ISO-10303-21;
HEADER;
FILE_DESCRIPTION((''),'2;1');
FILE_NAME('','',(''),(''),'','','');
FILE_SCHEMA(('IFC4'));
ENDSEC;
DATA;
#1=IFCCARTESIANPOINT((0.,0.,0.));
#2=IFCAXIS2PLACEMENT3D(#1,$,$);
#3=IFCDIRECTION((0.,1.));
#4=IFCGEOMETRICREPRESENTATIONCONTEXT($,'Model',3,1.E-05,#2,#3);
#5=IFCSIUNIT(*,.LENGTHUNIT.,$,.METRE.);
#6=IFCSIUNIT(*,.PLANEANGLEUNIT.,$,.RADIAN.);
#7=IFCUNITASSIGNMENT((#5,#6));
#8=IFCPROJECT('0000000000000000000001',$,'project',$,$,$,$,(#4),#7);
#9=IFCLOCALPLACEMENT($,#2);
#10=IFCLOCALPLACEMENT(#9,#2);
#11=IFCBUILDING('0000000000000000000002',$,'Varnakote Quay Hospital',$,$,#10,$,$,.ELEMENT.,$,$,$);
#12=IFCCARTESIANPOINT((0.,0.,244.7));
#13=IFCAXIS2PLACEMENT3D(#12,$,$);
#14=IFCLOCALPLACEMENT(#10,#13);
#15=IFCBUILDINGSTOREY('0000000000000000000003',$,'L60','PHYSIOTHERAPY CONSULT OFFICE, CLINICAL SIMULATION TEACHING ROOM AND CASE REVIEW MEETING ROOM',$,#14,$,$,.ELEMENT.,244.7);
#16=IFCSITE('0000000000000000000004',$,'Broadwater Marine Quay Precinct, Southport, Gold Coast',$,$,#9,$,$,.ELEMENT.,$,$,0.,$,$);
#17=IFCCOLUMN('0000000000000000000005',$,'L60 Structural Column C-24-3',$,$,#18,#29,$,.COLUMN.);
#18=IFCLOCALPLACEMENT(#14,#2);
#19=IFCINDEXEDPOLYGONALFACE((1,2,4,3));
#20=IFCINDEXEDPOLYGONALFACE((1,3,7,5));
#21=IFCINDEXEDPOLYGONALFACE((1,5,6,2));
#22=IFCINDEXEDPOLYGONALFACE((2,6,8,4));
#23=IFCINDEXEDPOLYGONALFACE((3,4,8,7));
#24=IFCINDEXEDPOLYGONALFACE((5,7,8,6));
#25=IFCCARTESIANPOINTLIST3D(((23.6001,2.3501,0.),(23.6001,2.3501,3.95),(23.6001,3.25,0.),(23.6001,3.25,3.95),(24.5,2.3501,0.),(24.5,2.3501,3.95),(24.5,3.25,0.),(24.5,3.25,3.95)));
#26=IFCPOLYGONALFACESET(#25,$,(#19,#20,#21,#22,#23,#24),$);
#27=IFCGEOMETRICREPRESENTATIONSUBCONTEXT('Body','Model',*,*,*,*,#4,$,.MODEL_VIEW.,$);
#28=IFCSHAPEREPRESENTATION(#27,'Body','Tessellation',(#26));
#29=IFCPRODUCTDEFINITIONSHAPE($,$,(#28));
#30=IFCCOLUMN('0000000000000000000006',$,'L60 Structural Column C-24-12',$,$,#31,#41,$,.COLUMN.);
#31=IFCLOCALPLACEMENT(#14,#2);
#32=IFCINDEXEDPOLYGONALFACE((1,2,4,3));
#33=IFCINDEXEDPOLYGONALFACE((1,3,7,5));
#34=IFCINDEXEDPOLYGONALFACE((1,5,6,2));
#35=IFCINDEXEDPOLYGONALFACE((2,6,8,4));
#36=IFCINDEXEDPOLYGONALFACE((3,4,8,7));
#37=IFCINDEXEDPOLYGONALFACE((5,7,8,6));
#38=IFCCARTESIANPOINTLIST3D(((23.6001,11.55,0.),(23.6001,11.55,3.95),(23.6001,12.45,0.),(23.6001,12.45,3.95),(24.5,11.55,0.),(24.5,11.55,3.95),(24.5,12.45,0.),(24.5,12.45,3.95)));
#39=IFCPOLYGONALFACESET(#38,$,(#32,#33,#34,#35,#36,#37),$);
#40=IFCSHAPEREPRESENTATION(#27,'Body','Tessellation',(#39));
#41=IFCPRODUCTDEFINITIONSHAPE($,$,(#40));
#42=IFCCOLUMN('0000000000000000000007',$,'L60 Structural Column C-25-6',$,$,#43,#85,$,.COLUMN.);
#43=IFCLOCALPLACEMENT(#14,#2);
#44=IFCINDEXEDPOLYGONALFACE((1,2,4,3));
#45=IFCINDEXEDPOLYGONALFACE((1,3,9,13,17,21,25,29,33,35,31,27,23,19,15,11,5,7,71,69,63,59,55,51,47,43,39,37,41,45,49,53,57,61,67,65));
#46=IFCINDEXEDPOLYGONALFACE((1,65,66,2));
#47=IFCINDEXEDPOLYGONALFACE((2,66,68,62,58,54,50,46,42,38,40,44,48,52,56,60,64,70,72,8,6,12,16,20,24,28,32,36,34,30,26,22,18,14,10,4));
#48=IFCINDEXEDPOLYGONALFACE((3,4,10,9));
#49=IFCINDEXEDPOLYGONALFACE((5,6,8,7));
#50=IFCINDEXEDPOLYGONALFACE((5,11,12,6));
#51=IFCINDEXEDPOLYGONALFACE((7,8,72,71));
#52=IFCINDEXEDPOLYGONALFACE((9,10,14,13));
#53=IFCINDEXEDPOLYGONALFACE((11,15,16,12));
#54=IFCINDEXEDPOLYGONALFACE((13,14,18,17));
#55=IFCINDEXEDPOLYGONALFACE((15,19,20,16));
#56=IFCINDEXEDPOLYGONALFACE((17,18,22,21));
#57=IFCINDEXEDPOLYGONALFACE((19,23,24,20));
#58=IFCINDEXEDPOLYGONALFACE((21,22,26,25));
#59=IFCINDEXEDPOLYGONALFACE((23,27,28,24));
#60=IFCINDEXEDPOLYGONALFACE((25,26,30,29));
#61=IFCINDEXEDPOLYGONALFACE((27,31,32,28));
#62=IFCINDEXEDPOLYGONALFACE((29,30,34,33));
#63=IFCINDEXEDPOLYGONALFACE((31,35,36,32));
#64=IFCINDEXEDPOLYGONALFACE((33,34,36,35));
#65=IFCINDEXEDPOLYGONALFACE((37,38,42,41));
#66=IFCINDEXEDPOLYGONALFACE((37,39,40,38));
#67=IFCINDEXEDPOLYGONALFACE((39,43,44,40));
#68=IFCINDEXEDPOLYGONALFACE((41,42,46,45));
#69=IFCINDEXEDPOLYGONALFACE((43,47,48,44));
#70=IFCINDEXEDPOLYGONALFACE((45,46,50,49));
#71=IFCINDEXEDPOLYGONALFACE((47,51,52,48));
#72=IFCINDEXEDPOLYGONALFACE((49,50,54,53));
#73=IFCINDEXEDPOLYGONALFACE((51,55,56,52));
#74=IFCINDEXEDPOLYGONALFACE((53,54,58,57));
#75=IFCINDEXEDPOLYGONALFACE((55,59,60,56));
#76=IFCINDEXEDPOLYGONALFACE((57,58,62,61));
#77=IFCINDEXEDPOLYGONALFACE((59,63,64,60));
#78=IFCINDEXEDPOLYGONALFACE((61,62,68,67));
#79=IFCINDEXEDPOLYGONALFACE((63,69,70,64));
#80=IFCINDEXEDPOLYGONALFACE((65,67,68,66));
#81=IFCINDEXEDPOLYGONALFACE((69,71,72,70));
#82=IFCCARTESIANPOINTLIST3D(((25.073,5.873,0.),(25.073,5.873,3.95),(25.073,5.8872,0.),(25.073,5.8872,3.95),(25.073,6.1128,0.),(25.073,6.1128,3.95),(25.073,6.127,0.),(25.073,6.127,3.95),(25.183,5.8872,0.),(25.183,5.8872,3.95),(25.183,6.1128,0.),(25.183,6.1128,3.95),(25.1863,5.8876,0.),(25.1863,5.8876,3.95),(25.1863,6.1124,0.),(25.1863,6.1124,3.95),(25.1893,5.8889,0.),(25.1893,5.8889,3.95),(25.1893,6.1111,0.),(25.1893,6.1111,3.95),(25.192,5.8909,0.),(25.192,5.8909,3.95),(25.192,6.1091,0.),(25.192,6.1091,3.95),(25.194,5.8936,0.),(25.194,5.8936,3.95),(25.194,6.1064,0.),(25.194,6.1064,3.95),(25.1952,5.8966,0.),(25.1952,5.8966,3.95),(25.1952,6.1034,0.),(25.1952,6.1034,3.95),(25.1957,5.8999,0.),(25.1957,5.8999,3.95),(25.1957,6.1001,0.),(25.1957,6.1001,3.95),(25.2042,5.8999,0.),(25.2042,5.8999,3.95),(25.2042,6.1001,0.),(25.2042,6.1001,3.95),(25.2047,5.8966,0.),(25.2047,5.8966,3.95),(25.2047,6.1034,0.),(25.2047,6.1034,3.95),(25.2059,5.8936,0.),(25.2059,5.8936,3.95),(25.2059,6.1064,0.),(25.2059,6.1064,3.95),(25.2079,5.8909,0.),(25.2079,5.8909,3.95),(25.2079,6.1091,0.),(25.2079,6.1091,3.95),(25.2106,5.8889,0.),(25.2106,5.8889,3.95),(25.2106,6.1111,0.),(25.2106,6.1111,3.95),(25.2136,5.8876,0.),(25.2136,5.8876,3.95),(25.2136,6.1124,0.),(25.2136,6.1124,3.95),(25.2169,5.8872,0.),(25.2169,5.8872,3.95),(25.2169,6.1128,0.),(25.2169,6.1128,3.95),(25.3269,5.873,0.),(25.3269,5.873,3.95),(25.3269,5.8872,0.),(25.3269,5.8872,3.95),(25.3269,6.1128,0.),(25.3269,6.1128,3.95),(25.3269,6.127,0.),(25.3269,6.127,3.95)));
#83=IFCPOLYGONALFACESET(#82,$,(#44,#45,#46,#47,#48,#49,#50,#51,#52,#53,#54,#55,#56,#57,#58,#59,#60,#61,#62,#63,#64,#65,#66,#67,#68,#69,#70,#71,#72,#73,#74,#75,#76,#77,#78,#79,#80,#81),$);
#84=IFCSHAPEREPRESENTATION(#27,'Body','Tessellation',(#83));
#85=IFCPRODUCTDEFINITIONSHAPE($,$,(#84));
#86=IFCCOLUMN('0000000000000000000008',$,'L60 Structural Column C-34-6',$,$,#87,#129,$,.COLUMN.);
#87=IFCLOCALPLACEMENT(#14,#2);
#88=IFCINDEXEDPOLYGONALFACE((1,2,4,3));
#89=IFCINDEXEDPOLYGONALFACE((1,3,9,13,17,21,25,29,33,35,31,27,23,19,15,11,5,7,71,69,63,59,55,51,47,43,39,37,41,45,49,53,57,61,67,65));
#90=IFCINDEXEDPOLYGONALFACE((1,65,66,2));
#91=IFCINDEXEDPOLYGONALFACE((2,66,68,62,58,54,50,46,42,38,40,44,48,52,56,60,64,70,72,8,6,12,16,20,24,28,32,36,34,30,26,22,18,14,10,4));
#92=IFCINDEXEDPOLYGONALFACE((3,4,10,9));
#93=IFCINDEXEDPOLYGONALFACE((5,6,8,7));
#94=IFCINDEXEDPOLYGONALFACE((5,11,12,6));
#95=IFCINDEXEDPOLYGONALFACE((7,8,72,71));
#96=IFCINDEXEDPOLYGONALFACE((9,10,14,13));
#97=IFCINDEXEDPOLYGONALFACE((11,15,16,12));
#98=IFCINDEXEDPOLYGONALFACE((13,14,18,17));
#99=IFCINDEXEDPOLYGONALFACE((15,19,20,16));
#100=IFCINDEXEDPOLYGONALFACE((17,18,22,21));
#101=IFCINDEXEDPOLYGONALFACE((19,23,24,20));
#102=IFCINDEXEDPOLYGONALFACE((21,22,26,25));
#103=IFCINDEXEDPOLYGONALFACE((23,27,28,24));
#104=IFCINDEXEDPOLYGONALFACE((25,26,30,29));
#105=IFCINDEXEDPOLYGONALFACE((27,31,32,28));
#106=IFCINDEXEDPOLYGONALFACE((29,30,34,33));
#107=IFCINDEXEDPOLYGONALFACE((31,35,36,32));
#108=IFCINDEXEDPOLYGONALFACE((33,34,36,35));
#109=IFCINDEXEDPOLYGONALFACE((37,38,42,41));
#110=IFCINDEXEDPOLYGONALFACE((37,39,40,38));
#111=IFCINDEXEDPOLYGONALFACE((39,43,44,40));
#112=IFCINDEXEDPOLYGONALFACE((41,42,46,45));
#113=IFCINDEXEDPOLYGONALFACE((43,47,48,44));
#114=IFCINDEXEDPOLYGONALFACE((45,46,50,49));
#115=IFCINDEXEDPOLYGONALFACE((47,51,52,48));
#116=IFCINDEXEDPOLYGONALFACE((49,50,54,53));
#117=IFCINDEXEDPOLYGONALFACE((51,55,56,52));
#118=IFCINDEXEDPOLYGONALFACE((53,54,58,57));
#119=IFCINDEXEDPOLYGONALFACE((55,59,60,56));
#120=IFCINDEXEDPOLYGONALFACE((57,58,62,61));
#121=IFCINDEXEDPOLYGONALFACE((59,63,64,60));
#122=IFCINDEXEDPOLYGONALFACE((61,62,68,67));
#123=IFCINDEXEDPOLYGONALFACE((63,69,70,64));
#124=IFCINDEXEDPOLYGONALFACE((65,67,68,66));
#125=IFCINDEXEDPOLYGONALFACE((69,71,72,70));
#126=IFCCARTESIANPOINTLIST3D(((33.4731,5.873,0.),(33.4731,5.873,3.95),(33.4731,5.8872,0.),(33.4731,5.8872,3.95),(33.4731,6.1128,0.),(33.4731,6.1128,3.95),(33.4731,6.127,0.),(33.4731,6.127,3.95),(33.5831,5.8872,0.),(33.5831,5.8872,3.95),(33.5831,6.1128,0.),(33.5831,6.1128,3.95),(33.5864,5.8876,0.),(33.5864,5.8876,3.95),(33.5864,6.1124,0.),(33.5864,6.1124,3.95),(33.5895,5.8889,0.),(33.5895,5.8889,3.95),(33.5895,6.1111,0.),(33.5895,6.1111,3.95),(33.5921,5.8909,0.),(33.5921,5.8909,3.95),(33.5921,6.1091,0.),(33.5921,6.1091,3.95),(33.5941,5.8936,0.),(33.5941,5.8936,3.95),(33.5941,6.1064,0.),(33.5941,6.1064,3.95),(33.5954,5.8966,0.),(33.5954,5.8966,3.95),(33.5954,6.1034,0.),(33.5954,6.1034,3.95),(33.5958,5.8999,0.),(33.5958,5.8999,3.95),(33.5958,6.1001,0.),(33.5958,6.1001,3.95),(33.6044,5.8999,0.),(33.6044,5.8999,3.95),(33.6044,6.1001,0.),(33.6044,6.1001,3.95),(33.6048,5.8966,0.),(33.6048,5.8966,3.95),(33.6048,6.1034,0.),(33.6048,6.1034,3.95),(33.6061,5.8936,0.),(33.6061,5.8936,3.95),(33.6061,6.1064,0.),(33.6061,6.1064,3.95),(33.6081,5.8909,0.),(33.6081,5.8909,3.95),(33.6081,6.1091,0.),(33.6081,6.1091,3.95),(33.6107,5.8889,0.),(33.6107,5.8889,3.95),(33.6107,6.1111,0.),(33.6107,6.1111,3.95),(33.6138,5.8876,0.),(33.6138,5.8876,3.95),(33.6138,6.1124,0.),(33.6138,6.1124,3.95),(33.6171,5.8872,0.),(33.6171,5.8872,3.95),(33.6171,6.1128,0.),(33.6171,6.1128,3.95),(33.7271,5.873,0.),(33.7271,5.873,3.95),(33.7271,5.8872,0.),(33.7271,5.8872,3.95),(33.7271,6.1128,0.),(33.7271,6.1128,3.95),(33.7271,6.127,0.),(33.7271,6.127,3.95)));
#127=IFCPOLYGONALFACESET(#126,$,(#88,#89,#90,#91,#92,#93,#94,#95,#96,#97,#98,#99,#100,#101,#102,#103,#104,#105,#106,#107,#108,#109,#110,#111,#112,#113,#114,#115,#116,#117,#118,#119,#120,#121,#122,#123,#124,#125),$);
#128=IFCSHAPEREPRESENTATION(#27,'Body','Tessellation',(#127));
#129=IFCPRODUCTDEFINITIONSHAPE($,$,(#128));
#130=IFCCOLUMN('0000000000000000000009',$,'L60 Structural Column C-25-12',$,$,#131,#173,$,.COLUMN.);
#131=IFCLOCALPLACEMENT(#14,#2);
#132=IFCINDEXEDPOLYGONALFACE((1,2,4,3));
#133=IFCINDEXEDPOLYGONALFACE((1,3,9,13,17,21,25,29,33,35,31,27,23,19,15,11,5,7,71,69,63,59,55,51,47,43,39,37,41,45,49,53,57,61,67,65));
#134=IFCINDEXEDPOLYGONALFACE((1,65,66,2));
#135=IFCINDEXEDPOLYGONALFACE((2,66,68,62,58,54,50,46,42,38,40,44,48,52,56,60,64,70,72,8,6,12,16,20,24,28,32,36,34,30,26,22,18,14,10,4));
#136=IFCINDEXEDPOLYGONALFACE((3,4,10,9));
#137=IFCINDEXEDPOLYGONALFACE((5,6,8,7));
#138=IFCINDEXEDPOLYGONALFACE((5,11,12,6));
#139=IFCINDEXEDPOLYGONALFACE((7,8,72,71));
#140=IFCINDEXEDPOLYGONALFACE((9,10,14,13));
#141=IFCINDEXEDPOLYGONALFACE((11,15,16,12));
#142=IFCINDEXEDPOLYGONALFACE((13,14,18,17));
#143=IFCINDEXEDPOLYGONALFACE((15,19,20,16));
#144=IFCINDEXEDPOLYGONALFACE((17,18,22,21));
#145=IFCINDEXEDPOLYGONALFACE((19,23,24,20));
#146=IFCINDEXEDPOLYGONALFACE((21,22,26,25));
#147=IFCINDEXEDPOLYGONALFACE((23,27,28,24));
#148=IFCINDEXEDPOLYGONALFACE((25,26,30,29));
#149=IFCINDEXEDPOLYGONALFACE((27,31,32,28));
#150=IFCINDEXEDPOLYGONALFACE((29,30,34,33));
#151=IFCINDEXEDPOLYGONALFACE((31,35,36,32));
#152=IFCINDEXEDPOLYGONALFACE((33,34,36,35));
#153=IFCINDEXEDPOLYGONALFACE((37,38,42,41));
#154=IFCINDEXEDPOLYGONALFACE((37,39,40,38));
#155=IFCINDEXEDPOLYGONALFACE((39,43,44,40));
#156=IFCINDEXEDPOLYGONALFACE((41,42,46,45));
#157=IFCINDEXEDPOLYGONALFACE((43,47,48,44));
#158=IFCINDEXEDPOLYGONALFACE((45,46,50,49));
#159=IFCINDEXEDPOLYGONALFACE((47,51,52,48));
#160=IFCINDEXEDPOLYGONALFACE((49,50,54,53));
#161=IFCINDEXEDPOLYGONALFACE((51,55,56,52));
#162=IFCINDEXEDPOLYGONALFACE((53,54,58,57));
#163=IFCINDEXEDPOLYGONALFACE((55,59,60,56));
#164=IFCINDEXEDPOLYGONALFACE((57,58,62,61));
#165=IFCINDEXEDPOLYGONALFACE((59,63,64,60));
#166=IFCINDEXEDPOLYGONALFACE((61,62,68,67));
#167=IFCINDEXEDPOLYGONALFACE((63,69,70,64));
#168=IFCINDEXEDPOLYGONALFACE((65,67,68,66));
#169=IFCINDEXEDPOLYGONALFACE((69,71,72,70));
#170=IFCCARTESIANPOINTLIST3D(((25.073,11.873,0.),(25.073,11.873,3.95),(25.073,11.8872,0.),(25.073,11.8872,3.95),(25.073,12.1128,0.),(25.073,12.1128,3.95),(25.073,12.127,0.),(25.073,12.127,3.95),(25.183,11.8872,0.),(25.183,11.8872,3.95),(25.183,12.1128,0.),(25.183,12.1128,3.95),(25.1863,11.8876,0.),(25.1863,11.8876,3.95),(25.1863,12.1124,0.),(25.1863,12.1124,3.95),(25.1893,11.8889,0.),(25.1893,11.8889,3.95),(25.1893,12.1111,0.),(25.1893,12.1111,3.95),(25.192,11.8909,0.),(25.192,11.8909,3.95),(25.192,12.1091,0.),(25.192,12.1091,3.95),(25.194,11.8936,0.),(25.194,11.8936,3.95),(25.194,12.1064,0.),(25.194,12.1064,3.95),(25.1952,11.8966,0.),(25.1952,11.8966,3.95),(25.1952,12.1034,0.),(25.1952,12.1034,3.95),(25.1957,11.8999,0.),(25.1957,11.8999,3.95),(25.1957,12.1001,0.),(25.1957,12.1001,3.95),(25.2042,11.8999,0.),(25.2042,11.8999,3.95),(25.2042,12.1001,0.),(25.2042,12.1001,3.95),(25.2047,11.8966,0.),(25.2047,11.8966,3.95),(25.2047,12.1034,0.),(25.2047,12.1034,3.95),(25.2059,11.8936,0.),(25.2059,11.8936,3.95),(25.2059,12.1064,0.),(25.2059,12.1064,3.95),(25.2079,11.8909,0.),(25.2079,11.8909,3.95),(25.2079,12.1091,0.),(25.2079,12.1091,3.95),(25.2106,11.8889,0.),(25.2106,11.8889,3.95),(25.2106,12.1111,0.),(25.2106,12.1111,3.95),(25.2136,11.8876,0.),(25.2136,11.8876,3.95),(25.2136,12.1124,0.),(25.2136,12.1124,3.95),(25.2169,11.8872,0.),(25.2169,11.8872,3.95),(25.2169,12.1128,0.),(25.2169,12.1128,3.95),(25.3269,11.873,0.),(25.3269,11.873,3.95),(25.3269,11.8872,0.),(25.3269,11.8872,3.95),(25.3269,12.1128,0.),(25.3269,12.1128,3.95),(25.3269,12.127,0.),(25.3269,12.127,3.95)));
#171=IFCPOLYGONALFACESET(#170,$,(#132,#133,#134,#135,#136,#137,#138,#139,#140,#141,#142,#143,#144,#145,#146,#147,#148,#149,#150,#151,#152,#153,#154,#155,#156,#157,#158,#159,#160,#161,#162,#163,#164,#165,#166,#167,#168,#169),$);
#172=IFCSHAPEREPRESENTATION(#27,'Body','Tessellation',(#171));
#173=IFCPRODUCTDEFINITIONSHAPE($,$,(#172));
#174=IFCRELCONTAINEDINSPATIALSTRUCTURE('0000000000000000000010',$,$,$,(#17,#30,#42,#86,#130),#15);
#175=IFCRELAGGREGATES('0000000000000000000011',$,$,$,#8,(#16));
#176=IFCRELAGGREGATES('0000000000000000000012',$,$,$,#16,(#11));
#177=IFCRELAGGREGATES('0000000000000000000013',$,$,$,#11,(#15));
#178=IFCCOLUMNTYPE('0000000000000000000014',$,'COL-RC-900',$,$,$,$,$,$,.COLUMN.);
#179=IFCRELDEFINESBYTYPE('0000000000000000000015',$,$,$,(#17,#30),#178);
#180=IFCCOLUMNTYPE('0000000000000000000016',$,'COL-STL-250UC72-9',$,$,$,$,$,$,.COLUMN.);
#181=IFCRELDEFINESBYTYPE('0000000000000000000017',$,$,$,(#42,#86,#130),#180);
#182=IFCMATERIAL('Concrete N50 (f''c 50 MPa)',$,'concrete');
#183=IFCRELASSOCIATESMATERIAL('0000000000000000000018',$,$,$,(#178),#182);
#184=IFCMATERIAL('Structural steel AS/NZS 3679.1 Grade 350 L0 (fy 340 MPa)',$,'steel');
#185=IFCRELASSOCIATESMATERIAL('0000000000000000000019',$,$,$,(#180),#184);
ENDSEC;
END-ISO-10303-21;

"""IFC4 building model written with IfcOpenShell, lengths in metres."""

from ifc_helpers import new_model, si_unit, direction, frame, origin, origin_2d, place, context, subcontext, project, spatial, rectangle, i_section, extrude, material, material_profile, profile_set, type_object, element, save


model = new_model("IFC4")

# Units and contexts
model_context = context("Model", 3, precision=1e-05, world=origin(), true_north=direction((0.0, 1.0)))
body_context = subcontext(model_context, "Body", "Model", "MODEL_VIEW")
ifc_project = project(units=[si_unit("LENGTHUNIT", "METRE"), si_unit("PLANEANGLEUNIT", "RADIAN")], contexts=[model_context])

# Site, building, storey
site_placement = place(None, origin())
site = spatial("IfcSite", under=ifc_project, at=site_placement, Name="Broadwater Marine Quay Precinct, Southport, Gold Coast", CompositionType="ELEMENT", RefElevation=0.0)
building_placement = place(site_placement, origin())
building = spatial("IfcBuilding", under=site, at=building_placement, Name="Varnakote Quay Hospital", CompositionType="ELEMENT")
storey_placement = place(building_placement, frame((0.0, 0.0, 244.7)))
storey = spatial("IfcBuildingStorey", under=building, at=storey_placement, Name="L60", Description="PHYSIOTHERAPY CONSULT OFFICE, CLINICAL SIMULATION TEACHING ROOM AND CASE REVIEW MEETING ROOM", CompositionType="ELEMENT", Elevation=244.7)

# Columns
ifc_material_1 = material(Name="Concrete N50 (f'c 50 MPa)", Category="concrete")
ifc_material_profile_1 = material_profile(ifc_material_1, rectangle(XDim=0.8999, YDim=0.8999, at=origin_2d()), Name="RC-COL-900x900")
ifc_profile_set_1 = profile_set([ifc_material_profile_1], Name="Concrete N50 (f'c 50 MPa)")
column_type_1 = type_object("IfcColumnType", Name="COL-RC-900", PredefinedType="COLUMN", material=ifc_profile_set_1)
for number, where, z_axis, x_axis, name in (
    (1, (24.05, 2.8, 0.0), (0.0, 0.0, 1.0), (1.0, 0.0, 0.0), "L60 Structural Column C-24-3"),
    (2, (24.05, 12.0, 0.0), (0.0, 0.0, 1.0), (1.0, 0.0, 0.0), "L60 Structural Column C-24-12"),
):
    element("IfcColumn", number, at=place(storey_placement, frame(where, z_axis=z_axis, x_axis=x_axis)), inside=storey, type_object=column_type_1, Name=name, PredefinedType="COLUMN", context=body_context, shape_type="SweptSolid", body=[
        extrude(rectangle(XDim=0.8999, YDim=0.8999, at=origin_2d()), origin(), (0.0, 0.0, 1.0), 3.95),
    ])
ifc_material_2 = material(Name="Structural steel AS/NZS 3679.1 Grade 350 L0 (fy 340 MPa)", Category="steel")
ifc_material_profile_2 = material_profile(ifc_material_2, i_section(OverallWidth=0.2539, OverallDepth=0.2539, WebThickness=0.0085, FlangeThickness=0.0142, FilletRadius=0.0127, at=origin_2d()), Name="250UC72.9")
ifc_profile_set_2 = profile_set([ifc_material_profile_2], Name="Structural steel AS/NZS 3679.1 Grade 350 L0 (fy 340 MPa)")
column_type_2 = type_object("IfcColumnType", Name="COL-STL-250UC72-9", PredefinedType="COLUMN", material=ifc_profile_set_2)
for number, where, z_axis, x_axis, name in (
    (3, (25.2, 6.0, 0.0), (0.0, 0.0, 1.0), (1.0, 0.0, 0.0), "L60 Structural Column C-25-6"),
    (4, (33.6001, 6.0, 0.0), (0.0, 0.0, 1.0), (1.0, 0.0, 0.0), "L60 Structural Column C-34-6"),
    (5, (25.2, 12.0, 0.0), (0.0, 0.0, 1.0), (1.0, 0.0, 0.0), "L60 Structural Column C-25-12"),
):
    element("IfcColumn", number, at=place(storey_placement, frame(where, z_axis=z_axis, x_axis=x_axis)), inside=storey, type_object=column_type_2, Name=name, PredefinedType="COLUMN", context=body_context, shape_type="SweptSolid", body=[
        extrude(i_section(OverallWidth=0.2539, OverallDepth=0.2539, WebThickness=0.0085, FlangeThickness=0.0142, FilletRadius=0.0127, at=origin_2d()), origin(), (0.0, 0.0, 1.0), 3.95),
    ])

save(model, "model.ifc")
